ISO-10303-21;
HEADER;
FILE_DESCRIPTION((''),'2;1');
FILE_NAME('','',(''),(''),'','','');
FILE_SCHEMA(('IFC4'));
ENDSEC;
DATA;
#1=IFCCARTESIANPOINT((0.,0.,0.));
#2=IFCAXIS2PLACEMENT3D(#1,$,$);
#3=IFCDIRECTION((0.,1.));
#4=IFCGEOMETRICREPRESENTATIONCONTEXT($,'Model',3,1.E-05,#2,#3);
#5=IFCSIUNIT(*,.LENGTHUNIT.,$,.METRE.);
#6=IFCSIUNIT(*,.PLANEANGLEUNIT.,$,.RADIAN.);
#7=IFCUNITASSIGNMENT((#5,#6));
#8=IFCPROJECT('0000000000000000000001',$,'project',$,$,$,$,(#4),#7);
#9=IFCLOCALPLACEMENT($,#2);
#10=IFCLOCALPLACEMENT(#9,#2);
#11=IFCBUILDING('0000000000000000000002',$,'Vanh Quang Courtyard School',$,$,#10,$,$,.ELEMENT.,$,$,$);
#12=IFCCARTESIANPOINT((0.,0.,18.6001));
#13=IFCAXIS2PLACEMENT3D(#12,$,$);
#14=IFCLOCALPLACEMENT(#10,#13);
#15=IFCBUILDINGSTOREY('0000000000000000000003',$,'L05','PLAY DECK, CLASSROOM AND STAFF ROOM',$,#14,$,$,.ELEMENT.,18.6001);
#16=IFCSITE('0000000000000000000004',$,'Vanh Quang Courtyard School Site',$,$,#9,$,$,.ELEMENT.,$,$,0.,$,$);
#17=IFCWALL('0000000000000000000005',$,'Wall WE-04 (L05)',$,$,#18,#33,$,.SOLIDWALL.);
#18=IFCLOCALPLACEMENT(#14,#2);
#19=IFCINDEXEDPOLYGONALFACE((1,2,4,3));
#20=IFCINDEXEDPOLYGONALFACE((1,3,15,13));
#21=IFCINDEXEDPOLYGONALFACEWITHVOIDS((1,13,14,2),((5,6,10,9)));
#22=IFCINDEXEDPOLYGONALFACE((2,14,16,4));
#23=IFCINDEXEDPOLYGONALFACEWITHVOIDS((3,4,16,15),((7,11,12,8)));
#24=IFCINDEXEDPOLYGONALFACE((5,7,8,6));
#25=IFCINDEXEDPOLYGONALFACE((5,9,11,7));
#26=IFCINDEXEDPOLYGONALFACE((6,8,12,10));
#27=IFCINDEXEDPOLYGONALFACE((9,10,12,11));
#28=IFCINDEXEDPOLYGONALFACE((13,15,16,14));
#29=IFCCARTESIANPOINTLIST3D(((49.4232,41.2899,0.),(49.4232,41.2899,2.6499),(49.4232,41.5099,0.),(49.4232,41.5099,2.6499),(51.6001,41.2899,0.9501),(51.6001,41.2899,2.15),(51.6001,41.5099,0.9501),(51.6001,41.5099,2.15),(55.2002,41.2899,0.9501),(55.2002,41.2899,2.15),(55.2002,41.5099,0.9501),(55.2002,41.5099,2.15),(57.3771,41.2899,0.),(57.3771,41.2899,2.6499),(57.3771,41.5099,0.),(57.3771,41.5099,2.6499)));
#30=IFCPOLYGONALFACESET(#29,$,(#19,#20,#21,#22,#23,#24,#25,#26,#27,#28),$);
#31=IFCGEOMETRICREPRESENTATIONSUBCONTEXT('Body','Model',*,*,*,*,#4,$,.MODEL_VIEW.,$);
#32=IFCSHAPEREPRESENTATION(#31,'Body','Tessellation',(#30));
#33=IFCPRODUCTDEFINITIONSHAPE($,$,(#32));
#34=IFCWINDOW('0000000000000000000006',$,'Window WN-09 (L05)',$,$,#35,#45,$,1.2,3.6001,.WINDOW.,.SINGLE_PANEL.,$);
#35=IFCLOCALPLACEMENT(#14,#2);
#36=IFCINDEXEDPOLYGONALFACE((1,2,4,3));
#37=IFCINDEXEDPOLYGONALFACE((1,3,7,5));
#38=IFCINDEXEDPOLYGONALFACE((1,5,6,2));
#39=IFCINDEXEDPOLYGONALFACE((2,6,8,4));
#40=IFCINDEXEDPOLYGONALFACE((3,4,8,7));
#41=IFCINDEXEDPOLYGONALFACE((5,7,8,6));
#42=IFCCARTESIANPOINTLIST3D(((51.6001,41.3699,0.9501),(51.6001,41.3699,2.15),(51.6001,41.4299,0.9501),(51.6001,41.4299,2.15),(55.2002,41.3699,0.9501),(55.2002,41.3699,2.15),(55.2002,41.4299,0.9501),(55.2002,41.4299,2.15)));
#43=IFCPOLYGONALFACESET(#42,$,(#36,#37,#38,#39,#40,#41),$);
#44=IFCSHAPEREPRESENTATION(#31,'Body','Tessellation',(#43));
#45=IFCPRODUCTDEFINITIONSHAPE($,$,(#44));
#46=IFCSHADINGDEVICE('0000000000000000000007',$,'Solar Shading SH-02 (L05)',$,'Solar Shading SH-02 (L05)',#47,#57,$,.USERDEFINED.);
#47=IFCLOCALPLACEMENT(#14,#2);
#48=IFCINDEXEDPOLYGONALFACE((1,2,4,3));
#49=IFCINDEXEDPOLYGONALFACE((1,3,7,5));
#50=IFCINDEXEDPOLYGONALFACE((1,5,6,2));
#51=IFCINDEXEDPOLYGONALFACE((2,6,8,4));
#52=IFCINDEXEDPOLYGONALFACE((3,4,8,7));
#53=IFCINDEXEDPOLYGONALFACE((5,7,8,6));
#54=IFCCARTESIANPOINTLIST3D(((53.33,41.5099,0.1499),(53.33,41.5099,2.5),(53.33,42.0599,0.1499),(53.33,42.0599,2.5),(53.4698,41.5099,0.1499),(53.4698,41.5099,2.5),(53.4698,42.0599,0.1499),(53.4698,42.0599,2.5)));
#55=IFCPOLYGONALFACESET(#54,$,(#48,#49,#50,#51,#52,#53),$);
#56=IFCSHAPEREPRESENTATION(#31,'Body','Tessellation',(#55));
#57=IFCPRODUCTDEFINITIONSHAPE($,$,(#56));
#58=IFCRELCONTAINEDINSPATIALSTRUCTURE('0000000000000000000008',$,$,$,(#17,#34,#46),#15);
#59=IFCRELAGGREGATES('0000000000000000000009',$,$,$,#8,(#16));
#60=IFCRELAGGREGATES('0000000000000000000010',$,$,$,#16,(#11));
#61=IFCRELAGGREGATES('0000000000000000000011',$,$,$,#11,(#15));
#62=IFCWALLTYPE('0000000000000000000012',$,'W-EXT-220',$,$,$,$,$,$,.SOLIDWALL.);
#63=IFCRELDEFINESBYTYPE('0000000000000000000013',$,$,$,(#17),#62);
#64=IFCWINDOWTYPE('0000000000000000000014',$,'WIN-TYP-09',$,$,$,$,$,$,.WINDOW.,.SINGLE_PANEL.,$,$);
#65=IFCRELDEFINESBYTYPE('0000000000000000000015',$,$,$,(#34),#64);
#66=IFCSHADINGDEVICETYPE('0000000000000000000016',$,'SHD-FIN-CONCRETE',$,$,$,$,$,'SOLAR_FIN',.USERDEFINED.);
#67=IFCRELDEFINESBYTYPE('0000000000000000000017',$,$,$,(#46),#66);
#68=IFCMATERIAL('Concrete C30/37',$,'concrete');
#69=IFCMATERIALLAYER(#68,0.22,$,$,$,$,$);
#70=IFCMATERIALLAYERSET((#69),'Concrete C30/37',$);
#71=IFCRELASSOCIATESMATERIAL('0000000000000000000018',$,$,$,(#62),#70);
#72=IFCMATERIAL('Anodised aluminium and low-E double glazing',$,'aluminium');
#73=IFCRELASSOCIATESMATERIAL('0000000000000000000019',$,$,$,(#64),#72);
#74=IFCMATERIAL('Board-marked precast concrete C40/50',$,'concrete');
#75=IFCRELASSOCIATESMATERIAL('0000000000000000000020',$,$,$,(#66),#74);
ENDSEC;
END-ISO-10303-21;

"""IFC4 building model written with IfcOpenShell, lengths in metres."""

from ifc_helpers import new_model, si_unit, direction, frame, frame_2d, origin, origin_2d, place, context, subcontext, project, spatial, rectangle, extrude, material, layer, layer_set, type_object, element, fill, save


model = new_model("IFC4")

# Units and contexts
model_context = context("Model", 3, precision=1e-05, world=origin(), true_north=direction((0.0, 1.0)))
body_context = subcontext(model_context, "Body", "Model", "MODEL_VIEW")
ifc_project = project(units=[si_unit("LENGTHUNIT", "METRE"), si_unit("PLANEANGLEUNIT", "RADIAN")], contexts=[model_context])

# Site, building, storey
site_placement = place(None, origin())
site = spatial("IfcSite", under=ifc_project, at=site_placement, Name="Vanh Quang Courtyard School Site", CompositionType="ELEMENT", RefElevation=0.0)
building_placement = place(site_placement, origin())
building = spatial("IfcBuilding", under=site, at=building_placement, Name="Vanh Quang Courtyard School", CompositionType="ELEMENT")
storey_placement = place(building_placement, frame((0.0, 0.0, 18.6001)))
storey = spatial("IfcBuildingStorey", under=building, at=storey_placement, Name="L05", Description="PLAY DECK, CLASSROOM AND STAFF ROOM", CompositionType="ELEMENT", Elevation=18.6001)

# Shared definitions
ifc_material_1 = material(Name="Concrete C30/37", Category="concrete")

# Wall, opening, window
ifc_layer_1 = layer(ifc_material_1, 0.22)
ifc_layer_set_1 = layer_set([ifc_layer_1], Name="Concrete C30/37")
wall_type_1 = type_object("IfcWallType", Name="W-EXT-220", PredefinedType="SOLIDWALL", material=ifc_layer_set_1)
wall_1_placement = place(storey_placement, frame((49.4231, 41.3999, 0.0), z_axis=(0.0, 0.0, 1.0), x_axis=(1.0, 0.0, 0.0)))
wall_1 = element("IfcWall", 1, at=wall_1_placement, inside=storey, type_object=wall_type_1, Name="Wall WE-04 (L05)", PredefinedType="SOLIDWALL", context=body_context, shape_type="SweptSolid", body=[
    extrude(rectangle(XDim=7.9539, YDim=0.22, at=frame_2d((3.9771, 0.0))), origin(), (0.0, 0.0, 1.0), 2.6499),
])
opening_placement = place(wall_1_placement, frame((2.177, 0.0, 0.95)))
opening = element("IfcOpeningElement", 2, at=opening_placement, cuts=wall_1, PredefinedType="OPENING", context=body_context, shape_type="SweptSolid", body=[
    extrude(rectangle(XDim=3.6001, YDim=1.2, at=frame_2d((1.8, 0.6001))), frame((0.0, 0.1201, 0.0), z_axis=(0.0, -1.0, 0.0), x_axis=(1.0, 0.0, 0.0)), (0.0, 0.0, 1.0), 0.24),
])
ifc_material_2 = material(Name="Anodised aluminium and low-E double glazing", Category="aluminium")
window_type = type_object("IfcWindowType", Name="WIN-TYP-09", PartitioningType="SINGLE_PANEL", PredefinedType="WINDOW", material=ifc_material_2)
window_placement = place(opening_placement, origin())
window = element("IfcWindow", 3, at=window_placement, inside=storey, type_object=window_type, Name="Window WN-09 (L05)", OverallHeight=1.2, OverallWidth=3.6001, PartitioningType="SINGLE_PANEL", PredefinedType="WINDOW", context=body_context, shape_type="SweptSolid", body=[
    extrude(rectangle(XDim=3.6001, YDim=1.2, at=frame_2d((1.8, 0.6001))), frame((0.0, 0.03, 0.0), z_axis=(0.0, -1.0, 0.0), x_axis=(1.0, 0.0, 0.0)), (0.0, 0.0, 1.0), 0.0601),
])
fill(opening, window)

# Shading device
ifc_material_3 = material(Name="Board-marked precast concrete C40/50", Category="concrete")
shading_device_type = type_object("IfcShadingDeviceType", Name="SHD-FIN-CONCRETE", ElementType="SOLAR_FIN", PredefinedType="USERDEFINED", material=ifc_material_3)
shading_device_placement = place(storey_placement, frame((53.3999, 41.7849, 0.1499), z_axis=(0.0, 0.0, 1.0), x_axis=(1.0, 0.0, 0.0)))
element("IfcShadingDevice", 4, at=shading_device_placement, inside=storey, type_object=shading_device_type, Name="Solar Shading SH-02 (L05)", ObjectType="Solar Shading SH-02 (L05)", PredefinedType="USERDEFINED", context=body_context, shape_type="SweptSolid", body=[
    extrude(rectangle(XDim=0.1399, YDim=0.55, at=origin_2d()), origin(), (0.0, 0.0, 1.0), 2.3501),
])

save(model, "model.ifc")
